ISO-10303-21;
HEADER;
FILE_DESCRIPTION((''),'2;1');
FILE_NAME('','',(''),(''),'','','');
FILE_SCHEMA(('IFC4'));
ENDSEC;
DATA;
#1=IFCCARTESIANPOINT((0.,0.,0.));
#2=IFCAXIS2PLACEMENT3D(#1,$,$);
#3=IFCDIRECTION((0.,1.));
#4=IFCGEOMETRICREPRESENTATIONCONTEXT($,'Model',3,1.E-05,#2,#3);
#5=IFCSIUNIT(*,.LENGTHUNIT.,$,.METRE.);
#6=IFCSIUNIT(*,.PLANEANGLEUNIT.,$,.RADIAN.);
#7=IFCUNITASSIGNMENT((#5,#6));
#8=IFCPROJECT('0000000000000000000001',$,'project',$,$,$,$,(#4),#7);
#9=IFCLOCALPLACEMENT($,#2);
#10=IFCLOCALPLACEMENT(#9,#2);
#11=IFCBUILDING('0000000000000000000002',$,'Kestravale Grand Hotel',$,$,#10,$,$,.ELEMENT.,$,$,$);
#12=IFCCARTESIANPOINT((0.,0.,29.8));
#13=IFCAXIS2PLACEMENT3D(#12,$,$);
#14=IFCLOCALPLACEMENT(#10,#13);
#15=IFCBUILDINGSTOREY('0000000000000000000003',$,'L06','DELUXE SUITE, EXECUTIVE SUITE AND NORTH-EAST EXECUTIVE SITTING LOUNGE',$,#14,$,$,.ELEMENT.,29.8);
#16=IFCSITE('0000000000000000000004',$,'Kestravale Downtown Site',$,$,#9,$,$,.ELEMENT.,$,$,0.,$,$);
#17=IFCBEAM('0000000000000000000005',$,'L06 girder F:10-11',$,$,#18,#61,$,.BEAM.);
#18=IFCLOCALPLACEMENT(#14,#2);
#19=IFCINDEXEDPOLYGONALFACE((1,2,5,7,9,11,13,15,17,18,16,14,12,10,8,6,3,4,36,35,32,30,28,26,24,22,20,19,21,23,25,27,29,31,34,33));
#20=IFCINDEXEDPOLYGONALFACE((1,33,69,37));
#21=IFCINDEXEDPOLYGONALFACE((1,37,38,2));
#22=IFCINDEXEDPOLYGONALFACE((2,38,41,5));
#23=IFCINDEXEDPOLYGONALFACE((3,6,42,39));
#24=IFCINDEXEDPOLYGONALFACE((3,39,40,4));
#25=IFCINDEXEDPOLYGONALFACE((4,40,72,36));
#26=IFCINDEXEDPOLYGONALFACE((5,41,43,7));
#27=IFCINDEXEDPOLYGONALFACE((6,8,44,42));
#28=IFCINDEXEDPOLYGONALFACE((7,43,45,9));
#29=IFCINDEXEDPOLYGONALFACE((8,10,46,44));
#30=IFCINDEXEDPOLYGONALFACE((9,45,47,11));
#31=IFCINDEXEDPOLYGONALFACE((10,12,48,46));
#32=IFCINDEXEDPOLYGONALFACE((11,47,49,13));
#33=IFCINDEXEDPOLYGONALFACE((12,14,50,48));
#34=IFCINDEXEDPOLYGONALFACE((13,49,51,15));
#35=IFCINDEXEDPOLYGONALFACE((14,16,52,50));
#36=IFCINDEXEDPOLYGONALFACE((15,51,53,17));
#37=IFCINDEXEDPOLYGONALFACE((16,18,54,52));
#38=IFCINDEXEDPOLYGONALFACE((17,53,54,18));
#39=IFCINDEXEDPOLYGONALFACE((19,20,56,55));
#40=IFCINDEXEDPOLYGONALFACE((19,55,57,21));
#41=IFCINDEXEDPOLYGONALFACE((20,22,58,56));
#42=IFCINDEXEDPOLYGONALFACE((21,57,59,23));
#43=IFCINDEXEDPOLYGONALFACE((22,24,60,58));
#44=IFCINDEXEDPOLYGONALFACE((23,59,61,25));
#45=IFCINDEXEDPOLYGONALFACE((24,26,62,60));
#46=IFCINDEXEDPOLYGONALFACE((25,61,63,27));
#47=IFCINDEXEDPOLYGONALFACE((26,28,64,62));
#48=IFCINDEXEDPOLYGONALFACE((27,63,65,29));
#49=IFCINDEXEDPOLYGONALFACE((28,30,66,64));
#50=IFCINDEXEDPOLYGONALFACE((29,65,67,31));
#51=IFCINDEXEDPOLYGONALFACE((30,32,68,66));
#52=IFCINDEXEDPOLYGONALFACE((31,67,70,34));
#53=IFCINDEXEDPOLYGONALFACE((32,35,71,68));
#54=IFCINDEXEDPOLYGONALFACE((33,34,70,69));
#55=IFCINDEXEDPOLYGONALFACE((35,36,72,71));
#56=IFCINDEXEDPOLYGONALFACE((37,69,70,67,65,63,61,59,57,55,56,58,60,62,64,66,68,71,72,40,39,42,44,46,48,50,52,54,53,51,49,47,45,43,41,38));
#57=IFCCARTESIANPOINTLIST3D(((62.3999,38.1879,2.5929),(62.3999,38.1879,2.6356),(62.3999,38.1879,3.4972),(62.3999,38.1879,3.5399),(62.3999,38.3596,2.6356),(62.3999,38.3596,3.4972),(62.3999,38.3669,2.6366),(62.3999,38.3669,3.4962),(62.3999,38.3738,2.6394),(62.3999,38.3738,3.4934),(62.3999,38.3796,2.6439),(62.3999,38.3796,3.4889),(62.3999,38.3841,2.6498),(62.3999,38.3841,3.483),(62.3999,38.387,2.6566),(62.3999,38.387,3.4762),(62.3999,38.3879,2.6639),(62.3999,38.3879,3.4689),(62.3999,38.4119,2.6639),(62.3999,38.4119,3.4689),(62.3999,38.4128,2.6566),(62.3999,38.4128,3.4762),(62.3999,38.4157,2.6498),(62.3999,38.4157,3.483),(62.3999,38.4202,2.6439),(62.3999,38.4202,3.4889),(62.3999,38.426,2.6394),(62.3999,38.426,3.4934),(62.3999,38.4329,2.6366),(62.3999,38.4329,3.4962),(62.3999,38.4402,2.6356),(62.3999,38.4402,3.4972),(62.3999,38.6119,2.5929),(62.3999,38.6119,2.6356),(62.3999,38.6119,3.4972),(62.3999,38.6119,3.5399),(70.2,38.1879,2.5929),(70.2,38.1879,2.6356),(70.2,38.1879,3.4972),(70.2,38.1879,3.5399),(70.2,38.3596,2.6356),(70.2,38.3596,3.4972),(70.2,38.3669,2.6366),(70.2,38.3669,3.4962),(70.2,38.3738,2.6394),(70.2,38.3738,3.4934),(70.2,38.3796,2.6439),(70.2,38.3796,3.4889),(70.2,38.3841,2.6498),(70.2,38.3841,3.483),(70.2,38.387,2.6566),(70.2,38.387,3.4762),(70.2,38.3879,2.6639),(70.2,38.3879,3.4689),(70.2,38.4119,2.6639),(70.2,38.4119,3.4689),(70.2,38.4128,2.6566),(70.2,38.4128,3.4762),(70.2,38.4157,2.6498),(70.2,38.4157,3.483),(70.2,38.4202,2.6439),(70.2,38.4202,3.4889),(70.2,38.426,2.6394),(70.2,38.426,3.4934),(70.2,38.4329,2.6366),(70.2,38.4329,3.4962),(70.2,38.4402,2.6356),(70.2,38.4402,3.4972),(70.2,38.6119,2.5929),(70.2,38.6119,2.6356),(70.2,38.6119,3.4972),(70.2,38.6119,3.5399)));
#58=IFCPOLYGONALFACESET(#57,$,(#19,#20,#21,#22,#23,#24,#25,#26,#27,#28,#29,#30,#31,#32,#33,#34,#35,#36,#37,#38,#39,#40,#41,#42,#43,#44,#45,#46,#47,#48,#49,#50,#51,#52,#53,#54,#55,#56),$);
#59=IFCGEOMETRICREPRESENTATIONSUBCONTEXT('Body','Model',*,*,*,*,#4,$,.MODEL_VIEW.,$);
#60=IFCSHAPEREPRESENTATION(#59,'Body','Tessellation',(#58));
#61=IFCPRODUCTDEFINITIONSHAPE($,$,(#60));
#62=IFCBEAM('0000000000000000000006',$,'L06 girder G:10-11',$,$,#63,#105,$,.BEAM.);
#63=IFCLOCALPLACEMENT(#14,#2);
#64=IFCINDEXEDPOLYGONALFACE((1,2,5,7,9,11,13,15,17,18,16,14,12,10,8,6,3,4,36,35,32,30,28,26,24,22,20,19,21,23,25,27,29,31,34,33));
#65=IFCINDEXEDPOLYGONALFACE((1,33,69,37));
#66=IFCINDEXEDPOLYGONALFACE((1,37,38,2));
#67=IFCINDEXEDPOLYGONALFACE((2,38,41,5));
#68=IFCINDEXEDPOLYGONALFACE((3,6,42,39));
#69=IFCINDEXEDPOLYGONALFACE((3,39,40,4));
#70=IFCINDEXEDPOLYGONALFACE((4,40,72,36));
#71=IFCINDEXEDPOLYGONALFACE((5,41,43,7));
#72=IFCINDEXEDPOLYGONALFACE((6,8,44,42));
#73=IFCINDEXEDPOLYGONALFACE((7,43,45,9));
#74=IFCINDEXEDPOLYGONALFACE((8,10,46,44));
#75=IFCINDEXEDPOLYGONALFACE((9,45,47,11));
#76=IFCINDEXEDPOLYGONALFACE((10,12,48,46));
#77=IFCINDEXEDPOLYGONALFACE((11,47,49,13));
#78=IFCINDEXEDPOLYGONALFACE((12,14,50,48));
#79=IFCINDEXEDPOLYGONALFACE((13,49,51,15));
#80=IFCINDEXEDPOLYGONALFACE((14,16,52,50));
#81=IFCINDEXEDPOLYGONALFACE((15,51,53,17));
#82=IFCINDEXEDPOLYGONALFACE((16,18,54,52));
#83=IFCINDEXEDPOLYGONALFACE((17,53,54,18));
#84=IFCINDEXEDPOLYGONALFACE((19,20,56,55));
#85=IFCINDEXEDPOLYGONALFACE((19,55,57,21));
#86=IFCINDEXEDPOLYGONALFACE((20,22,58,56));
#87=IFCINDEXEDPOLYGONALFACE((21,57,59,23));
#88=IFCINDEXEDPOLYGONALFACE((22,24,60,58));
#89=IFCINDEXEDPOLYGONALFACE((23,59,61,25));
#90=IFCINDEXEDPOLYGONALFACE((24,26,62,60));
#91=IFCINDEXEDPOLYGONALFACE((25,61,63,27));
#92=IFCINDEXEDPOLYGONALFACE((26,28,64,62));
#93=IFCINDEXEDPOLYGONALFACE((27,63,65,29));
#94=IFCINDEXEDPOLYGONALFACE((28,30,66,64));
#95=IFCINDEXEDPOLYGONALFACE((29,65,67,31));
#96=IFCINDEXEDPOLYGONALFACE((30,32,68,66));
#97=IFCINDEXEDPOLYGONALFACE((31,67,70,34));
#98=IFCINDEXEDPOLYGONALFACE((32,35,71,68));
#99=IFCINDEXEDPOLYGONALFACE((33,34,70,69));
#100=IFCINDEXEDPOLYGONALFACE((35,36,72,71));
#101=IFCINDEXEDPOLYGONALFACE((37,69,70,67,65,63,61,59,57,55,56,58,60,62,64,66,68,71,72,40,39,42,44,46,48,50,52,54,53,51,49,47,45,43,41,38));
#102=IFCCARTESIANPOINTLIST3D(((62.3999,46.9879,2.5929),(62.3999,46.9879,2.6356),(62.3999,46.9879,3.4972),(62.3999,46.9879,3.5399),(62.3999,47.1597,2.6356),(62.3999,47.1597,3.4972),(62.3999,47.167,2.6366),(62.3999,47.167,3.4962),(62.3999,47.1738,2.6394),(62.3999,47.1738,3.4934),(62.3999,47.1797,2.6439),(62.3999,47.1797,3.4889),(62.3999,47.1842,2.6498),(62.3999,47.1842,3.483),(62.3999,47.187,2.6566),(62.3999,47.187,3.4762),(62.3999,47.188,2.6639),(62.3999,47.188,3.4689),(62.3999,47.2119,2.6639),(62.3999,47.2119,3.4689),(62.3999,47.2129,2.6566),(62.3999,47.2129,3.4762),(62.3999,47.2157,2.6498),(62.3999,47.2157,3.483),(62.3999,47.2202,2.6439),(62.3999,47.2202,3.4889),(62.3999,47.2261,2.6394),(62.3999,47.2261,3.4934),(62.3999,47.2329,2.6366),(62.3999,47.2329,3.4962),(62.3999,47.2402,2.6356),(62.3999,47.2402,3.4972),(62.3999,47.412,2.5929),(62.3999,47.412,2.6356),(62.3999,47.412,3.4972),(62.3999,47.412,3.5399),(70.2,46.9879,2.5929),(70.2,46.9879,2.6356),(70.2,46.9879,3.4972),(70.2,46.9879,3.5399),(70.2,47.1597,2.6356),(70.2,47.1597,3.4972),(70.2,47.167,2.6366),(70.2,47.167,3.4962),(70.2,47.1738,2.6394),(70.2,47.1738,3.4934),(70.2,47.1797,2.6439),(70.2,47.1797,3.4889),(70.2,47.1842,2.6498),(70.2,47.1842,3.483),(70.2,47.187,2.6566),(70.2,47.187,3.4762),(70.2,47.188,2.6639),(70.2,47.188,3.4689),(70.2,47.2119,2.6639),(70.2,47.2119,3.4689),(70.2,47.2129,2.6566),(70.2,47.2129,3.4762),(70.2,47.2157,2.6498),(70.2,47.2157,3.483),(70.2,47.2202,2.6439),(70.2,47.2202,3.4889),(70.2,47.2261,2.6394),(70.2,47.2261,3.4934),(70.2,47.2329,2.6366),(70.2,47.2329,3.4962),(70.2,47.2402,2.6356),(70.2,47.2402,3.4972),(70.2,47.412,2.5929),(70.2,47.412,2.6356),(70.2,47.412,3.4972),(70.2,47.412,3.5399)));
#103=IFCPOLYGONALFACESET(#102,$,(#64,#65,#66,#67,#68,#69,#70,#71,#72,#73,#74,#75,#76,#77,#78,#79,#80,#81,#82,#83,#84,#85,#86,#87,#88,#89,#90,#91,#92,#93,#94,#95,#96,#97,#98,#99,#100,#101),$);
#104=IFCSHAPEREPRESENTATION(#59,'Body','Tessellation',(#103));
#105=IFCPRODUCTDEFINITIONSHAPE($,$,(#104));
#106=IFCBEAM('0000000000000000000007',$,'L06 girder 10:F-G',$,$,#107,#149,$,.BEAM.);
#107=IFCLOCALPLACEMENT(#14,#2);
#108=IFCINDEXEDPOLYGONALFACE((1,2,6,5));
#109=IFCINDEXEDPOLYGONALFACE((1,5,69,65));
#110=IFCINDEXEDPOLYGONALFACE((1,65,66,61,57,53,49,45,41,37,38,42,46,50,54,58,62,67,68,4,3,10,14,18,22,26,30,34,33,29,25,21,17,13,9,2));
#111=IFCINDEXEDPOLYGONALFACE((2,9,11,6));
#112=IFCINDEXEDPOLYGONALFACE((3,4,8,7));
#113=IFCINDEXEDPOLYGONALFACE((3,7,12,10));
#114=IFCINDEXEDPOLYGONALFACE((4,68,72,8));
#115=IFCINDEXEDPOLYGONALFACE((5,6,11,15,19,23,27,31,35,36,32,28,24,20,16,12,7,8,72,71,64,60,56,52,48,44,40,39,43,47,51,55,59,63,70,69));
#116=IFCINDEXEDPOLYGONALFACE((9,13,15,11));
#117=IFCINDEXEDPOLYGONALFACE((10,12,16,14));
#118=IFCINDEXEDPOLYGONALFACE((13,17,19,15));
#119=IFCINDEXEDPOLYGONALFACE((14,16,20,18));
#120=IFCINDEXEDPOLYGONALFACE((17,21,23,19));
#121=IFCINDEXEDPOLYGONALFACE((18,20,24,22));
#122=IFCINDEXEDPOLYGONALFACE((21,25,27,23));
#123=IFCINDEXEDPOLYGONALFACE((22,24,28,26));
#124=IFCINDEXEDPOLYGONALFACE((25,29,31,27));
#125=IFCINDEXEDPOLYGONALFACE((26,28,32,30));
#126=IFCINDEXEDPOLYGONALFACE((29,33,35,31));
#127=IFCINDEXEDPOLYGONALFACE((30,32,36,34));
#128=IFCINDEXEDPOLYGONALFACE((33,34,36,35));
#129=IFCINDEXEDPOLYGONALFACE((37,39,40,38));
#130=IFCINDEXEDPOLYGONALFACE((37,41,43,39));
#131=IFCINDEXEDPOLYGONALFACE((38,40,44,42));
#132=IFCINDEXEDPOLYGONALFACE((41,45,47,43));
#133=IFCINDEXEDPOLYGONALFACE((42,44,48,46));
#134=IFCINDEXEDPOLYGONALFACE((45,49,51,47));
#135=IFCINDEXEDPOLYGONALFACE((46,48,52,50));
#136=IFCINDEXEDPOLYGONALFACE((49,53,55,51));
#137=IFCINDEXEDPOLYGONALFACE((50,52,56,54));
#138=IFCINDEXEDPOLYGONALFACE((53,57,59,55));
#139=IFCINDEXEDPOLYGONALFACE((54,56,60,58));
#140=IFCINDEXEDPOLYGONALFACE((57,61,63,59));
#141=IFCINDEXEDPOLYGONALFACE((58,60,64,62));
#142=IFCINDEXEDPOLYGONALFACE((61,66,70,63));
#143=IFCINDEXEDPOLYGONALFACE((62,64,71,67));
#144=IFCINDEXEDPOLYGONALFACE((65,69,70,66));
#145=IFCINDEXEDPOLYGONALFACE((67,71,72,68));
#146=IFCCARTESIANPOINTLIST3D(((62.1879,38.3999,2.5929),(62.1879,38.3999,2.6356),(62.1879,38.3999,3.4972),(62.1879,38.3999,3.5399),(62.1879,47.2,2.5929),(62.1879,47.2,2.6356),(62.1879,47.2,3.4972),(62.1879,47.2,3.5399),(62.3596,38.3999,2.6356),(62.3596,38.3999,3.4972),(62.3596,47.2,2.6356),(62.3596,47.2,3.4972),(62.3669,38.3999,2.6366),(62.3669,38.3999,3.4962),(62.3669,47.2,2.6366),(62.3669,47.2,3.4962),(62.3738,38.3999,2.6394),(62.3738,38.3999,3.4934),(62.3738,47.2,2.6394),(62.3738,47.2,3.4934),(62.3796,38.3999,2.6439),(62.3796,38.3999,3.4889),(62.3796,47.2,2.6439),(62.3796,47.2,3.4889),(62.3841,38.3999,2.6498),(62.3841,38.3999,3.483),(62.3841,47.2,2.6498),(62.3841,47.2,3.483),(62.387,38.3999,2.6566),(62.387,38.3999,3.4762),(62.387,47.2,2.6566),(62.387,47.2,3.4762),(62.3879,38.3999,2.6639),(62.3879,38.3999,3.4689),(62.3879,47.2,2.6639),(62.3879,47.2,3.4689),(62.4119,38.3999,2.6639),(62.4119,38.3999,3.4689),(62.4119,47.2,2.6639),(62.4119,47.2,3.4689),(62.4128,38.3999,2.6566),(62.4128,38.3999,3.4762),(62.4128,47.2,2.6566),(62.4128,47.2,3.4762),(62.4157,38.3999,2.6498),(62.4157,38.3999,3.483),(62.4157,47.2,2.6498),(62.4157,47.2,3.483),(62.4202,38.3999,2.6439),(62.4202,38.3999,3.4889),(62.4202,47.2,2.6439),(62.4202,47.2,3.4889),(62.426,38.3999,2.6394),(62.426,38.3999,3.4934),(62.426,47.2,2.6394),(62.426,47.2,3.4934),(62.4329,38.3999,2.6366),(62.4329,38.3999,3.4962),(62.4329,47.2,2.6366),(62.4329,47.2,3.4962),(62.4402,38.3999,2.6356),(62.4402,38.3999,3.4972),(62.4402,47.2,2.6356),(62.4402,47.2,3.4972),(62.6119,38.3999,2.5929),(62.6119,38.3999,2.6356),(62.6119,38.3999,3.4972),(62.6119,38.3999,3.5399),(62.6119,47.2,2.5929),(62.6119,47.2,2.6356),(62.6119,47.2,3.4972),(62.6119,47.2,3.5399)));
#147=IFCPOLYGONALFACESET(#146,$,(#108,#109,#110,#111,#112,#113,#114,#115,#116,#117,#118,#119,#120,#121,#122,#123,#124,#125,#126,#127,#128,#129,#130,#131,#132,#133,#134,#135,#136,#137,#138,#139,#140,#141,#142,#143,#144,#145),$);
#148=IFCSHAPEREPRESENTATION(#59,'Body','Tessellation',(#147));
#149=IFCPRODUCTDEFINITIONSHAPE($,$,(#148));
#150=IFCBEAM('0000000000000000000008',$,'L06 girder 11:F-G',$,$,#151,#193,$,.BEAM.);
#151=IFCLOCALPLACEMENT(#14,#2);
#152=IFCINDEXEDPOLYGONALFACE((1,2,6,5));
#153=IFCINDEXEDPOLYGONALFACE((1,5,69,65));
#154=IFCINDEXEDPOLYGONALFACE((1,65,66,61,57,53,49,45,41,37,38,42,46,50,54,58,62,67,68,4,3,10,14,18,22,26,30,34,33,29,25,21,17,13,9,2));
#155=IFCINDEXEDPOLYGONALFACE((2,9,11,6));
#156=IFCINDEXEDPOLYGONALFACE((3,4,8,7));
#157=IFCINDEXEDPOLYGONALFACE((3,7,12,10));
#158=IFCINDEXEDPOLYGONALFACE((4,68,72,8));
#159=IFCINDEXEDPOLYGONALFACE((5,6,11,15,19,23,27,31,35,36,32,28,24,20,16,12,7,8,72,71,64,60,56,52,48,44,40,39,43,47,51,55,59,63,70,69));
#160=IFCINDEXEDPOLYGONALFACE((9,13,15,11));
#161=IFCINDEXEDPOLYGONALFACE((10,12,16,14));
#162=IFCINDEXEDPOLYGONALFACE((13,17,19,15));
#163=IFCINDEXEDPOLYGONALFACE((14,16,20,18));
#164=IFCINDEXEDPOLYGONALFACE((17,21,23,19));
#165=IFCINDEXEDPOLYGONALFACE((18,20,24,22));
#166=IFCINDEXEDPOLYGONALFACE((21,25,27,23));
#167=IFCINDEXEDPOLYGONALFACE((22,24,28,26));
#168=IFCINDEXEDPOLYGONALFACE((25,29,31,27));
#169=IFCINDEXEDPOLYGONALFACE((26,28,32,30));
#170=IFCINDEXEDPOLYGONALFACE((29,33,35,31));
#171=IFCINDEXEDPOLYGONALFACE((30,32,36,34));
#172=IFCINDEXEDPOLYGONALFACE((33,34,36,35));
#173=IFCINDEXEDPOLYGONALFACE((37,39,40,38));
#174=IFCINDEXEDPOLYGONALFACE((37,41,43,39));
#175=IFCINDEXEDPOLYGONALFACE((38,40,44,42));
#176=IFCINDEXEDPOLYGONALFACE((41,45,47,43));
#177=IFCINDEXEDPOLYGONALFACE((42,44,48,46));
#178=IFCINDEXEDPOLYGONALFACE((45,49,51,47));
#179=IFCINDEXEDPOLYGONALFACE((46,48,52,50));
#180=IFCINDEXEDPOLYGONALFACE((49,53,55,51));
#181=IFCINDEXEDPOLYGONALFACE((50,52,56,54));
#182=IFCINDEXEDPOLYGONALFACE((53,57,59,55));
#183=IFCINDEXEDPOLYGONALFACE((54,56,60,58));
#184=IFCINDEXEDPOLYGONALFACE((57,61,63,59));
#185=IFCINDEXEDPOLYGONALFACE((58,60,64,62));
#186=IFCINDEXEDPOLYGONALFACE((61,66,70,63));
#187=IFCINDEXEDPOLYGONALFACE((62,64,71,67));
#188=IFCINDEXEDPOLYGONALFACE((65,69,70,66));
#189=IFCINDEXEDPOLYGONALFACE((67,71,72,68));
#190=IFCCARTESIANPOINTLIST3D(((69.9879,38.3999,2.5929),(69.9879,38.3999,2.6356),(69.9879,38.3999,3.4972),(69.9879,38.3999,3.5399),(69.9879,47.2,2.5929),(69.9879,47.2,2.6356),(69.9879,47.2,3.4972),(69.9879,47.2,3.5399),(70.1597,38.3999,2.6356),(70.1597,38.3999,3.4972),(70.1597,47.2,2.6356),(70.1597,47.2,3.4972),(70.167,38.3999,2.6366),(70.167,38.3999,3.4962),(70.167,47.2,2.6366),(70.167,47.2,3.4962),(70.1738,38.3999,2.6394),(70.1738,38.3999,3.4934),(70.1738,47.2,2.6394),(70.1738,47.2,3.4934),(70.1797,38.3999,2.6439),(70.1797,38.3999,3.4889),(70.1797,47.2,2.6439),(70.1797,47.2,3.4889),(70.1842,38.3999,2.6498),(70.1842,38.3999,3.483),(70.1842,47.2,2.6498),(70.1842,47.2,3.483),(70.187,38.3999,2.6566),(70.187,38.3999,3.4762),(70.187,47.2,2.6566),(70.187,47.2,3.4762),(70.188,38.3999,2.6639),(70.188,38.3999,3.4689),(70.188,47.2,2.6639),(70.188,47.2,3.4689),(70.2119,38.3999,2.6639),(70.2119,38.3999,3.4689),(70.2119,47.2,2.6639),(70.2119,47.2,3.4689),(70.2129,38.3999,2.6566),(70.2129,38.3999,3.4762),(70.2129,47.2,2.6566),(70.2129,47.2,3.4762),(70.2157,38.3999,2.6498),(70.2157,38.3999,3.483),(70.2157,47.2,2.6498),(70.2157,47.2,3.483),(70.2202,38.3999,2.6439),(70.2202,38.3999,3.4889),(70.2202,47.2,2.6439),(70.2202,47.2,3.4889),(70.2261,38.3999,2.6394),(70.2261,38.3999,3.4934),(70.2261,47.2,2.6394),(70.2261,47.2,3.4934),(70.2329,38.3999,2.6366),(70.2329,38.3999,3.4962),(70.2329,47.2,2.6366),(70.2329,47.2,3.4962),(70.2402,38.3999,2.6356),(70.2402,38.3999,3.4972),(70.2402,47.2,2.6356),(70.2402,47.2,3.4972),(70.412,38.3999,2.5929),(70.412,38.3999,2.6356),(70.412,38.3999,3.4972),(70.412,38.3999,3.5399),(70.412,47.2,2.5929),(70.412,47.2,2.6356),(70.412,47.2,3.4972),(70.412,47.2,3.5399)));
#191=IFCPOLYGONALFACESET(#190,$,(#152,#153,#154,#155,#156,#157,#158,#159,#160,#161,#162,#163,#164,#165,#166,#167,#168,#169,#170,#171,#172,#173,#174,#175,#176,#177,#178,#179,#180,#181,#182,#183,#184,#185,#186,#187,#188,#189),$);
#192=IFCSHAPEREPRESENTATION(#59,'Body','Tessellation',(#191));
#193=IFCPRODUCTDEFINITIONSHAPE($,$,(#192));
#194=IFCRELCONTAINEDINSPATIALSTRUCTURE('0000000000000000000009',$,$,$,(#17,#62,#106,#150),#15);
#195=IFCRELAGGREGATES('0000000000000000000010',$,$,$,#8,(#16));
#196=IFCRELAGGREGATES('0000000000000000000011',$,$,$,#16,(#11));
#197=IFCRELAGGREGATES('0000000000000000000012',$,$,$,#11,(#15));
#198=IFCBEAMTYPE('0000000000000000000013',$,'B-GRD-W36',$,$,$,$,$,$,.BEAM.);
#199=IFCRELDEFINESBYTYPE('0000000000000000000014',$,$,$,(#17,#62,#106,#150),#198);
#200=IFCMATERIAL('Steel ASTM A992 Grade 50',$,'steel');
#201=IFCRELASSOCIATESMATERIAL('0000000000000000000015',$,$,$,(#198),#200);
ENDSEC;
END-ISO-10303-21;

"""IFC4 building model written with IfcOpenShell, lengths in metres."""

from ifc_helpers import new_model, si_unit, direction, frame, origin, origin_2d, place, context, subcontext, project, spatial, i_section, extrude, material, material_profile, profile_set, type_object, element, save


model = new_model("IFC4")

# Units and contexts
model_context = context("Model", 3, precision=1e-05, world=origin(), true_north=direction((0.0, 1.0)))
body_context = subcontext(model_context, "Body", "Model", "MODEL_VIEW")
ifc_project = project(units=[si_unit("LENGTHUNIT", "METRE"), si_unit("PLANEANGLEUNIT", "RADIAN")], contexts=[model_context])

# Site, building, storey
site_placement = place(None, origin())
site = spatial("IfcSite", under=ifc_project, at=site_placement, Name="Kestravale Downtown Site", CompositionType="ELEMENT", RefElevation=0.0)
building_placement = place(site_placement, origin())
building = spatial("IfcBuilding", under=site, at=building_placement, Name="Kestravale Grand Hotel", CompositionType="ELEMENT")
storey_placement = place(building_placement, frame((0.0, 0.0, 29.8)))
storey = spatial("IfcBuildingStorey", under=building, at=storey_placement, Name="L06", Description="DELUXE SUITE, EXECUTIVE SUITE AND NORTH-EAST EXECUTIVE SITTING LOUNGE", CompositionType="ELEMENT", Elevation=29.8)

# Beams
ifc_material_1 = material(Name="Steel ASTM A992 Grade 50", Category="steel")
ifc_material_profile_1 = material_profile(ifc_material_1, i_section(OverallWidth=0.4241, OverallDepth=0.947, WebThickness=0.0239, FlangeThickness=0.0427, FilletRadius=0.0283, at=origin_2d()))
ifc_profile_set_1 = profile_set([ifc_material_profile_1], Name="Steel ASTM A992 Grade 50")
beam_type_1 = type_object("IfcBeamType", Name="B-GRD-W36", PredefinedType="BEAM", material=ifc_profile_set_1)
for number, where, z_axis, x_axis, name in (
    (1, (62.3999, 38.3999, 3.0664), (1.0, 0.0, 0.0), (0.0, 1.0, 0.0), "L06 girder F:10-11"),
    (2, (62.3999, 47.2, 3.0664), (1.0, 0.0, 0.0), (0.0, 1.0, 0.0), "L06 girder G:10-11"),
):
    element("IfcBeam", number, at=place(storey_placement, frame(where, z_axis=z_axis, x_axis=x_axis)), inside=storey, type_object=beam_type_1, Name=name, PredefinedType="BEAM", context=body_context, shape_type="SweptSolid", body=[
        extrude(i_section(OverallWidth=0.4241, OverallDepth=0.947, WebThickness=0.0239, FlangeThickness=0.0427, FilletRadius=0.0283, at=origin_2d()), origin(), (0.0, 0.0, 1.0), 7.8),
    ])
for number, where, z_axis, x_axis, name in (
    (3, (62.3999, 38.3999, 3.0664), (0.0, 1.0, 0.0), (-1.0, 0.0, 0.0), "L06 girder 10:F-G"),
    (4, (70.2, 38.3999, 3.0664), (0.0, 1.0, 0.0), (-1.0, 0.0, 0.0), "L06 girder 11:F-G"),
):
    element("IfcBeam", number, at=place(storey_placement, frame(where, z_axis=z_axis, x_axis=x_axis)), inside=storey, type_object=beam_type_1, Name=name, PredefinedType="BEAM", context=body_context, shape_type="SweptSolid", body=[
        extrude(i_section(OverallWidth=0.4241, OverallDepth=0.947, WebThickness=0.0239, FlangeThickness=0.0427, FilletRadius=0.0283, at=origin_2d()), origin(), (0.0, 0.0, 1.0), 8.8),
    ])

save(model, "model.ifc")
